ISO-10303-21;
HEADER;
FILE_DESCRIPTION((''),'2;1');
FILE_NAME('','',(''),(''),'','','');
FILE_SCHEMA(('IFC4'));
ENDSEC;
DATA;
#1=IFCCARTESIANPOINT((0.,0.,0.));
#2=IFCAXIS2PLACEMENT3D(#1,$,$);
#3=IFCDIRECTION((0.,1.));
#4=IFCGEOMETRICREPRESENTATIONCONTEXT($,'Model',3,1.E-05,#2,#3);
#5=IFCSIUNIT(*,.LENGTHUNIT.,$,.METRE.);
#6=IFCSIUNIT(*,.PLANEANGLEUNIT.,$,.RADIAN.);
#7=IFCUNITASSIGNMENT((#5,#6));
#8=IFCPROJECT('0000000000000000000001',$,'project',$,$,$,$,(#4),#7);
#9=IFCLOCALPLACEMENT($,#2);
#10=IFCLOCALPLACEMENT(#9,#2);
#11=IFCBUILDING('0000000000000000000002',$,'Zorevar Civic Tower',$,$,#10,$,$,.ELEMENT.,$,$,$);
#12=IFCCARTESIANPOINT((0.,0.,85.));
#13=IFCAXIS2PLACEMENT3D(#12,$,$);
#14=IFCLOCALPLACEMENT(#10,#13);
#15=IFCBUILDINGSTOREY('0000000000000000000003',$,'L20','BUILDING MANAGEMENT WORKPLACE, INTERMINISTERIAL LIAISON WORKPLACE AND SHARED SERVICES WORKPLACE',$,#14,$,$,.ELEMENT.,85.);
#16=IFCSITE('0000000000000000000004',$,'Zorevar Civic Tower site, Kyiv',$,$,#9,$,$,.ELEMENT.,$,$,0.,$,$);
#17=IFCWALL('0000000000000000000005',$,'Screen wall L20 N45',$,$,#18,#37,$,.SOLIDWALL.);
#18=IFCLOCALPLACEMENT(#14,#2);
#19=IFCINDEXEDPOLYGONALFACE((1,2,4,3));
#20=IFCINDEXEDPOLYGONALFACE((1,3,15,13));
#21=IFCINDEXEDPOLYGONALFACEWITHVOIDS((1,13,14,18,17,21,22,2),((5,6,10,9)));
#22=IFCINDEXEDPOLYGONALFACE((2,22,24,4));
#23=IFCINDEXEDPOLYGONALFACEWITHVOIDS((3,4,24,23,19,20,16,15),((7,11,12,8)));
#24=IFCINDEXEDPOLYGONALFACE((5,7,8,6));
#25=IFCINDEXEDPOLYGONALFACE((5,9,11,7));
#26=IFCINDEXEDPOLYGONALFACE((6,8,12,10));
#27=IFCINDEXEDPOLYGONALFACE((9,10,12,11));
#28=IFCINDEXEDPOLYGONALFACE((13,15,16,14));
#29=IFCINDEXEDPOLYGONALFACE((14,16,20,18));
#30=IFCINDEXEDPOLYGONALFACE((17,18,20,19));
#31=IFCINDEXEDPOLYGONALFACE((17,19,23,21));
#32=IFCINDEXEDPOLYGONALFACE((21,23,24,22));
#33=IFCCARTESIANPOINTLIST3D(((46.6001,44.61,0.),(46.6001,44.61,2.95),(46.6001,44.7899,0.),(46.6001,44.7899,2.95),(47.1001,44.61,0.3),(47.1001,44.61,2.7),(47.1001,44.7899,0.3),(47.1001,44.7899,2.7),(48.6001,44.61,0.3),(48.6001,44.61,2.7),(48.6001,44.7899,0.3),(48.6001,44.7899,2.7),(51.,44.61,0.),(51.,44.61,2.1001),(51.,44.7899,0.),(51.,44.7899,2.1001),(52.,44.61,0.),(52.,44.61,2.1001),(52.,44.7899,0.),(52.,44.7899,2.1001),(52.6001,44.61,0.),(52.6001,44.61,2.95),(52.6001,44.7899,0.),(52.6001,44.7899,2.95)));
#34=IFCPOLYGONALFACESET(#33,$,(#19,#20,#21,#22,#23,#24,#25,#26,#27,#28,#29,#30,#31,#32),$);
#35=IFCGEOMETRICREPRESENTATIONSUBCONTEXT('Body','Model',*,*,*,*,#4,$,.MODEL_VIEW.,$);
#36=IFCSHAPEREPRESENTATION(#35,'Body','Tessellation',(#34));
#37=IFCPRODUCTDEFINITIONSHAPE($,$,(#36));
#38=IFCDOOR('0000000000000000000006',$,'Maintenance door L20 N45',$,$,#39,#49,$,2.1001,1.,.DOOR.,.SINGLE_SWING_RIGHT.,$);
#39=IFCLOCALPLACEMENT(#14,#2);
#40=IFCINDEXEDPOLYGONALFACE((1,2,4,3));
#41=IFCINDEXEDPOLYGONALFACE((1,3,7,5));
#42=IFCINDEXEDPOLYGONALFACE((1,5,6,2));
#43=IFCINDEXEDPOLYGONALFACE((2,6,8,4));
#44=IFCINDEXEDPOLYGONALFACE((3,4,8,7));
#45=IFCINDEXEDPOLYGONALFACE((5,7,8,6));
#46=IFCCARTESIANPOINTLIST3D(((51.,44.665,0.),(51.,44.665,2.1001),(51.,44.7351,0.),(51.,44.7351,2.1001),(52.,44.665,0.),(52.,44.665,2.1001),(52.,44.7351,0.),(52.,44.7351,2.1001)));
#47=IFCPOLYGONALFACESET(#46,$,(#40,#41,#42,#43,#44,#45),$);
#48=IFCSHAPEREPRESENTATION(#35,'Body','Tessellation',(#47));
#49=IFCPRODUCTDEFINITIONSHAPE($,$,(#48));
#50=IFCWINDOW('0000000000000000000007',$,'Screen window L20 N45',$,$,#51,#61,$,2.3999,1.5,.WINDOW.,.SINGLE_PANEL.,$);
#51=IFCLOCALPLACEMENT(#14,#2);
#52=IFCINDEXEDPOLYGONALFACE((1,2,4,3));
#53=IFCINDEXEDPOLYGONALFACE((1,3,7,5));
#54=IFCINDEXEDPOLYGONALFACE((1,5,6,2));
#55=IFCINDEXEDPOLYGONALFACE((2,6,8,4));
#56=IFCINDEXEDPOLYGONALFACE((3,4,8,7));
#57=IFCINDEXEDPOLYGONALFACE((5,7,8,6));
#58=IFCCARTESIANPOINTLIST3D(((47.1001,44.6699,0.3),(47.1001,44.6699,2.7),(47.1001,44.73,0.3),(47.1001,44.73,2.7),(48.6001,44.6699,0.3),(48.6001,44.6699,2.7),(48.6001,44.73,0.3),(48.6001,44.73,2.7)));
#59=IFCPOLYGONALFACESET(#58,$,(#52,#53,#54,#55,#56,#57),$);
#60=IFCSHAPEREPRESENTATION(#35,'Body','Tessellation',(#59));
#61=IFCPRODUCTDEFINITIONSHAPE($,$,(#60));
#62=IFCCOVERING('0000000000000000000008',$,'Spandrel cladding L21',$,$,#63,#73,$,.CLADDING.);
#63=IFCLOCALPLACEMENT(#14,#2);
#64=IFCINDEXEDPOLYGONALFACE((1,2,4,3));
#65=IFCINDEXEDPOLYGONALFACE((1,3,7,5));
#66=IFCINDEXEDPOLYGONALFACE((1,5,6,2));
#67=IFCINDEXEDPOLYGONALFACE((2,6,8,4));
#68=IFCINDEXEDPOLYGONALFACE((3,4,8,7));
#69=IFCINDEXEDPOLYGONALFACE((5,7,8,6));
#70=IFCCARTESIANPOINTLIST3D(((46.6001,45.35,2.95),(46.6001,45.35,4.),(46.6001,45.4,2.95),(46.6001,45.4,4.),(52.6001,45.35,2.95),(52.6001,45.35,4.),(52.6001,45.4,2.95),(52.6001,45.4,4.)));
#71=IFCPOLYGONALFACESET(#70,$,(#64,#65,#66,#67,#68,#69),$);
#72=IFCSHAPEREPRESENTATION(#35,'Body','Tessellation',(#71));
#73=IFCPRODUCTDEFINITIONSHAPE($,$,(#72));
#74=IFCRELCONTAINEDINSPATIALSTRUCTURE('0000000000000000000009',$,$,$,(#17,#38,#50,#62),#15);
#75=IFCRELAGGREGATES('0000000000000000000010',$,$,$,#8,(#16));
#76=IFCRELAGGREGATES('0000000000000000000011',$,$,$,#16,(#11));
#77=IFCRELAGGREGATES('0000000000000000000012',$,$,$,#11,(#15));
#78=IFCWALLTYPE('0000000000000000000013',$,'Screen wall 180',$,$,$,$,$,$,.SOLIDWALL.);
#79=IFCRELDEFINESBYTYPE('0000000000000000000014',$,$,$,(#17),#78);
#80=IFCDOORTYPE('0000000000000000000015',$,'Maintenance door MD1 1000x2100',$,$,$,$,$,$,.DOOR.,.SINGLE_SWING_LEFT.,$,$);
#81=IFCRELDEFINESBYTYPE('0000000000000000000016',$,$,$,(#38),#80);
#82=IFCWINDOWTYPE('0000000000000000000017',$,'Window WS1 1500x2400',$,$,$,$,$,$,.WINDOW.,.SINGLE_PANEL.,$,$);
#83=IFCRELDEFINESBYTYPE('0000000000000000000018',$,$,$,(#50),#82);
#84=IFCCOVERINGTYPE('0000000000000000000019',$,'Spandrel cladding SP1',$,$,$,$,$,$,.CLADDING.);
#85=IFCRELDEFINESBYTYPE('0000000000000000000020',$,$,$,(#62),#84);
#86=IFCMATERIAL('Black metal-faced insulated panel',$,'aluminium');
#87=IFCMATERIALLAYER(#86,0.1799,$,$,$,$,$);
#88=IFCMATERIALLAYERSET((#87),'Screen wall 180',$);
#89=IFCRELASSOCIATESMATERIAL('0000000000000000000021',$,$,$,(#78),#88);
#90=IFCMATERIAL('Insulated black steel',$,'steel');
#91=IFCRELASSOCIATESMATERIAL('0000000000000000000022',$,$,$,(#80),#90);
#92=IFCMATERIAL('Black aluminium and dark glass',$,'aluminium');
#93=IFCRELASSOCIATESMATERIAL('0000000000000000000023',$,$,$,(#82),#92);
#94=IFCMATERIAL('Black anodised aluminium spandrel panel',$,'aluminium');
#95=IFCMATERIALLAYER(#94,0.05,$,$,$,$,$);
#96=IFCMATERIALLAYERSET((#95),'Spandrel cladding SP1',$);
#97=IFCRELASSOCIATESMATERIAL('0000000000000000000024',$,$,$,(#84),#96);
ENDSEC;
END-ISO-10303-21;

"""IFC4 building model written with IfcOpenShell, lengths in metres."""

from ifc_helpers import new_model, si_unit, direction, frame, frame_2d, origin, place, context, subcontext, project, spatial, rectangle, extrude, material, layer, layer_set, type_object, element, fill, save


model = new_model("IFC4")

# Units and contexts
model_context = context("Model", 3, precision=1e-05, world=origin(), true_north=direction((0.0, 1.0)))
body_context = subcontext(model_context, "Body", "Model", "MODEL_VIEW")
ifc_project = project(units=[si_unit("LENGTHUNIT", "METRE"), si_unit("PLANEANGLEUNIT", "RADIAN")], contexts=[model_context])

# Site, building, storey
site_placement = place(None, origin())
site = spatial("IfcSite", under=ifc_project, at=site_placement, Name="Zorevar Civic Tower site, Kyiv", CompositionType="ELEMENT", RefElevation=0.0)
building_placement = place(site_placement, origin())
building = spatial("IfcBuilding", under=site, at=building_placement, Name="Zorevar Civic Tower", CompositionType="ELEMENT")
storey_placement = place(building_placement, frame((0.0, 0.0, 85.0)))
storey = spatial("IfcBuildingStorey", under=building, at=storey_placement, Name="L20", Description="BUILDING MANAGEMENT WORKPLACE, INTERMINISTERIAL LIAISON WORKPLACE AND SHARED SERVICES WORKPLACE", CompositionType="ELEMENT", Elevation=85.0)

# Wall, openings, door, window
ifc_material_1 = material(Name="Black metal-faced insulated panel", Category="aluminium")
ifc_layer_1 = layer(ifc_material_1, 0.1799)
ifc_layer_set_1 = layer_set([ifc_layer_1], Name="Screen wall 180")
wall_type_1 = type_object("IfcWallType", Name="Screen wall 180", PredefinedType="SOLIDWALL", material=ifc_layer_set_1)
wall_1_placement = place(storey_placement, frame((46.6001, 44.7, 0.0), z_axis=(0.0, 0.0, 1.0), x_axis=(1.0, 0.0, 0.0)))
wall_1 = element("IfcWall", 1, at=wall_1_placement, inside=storey, type_object=wall_type_1, Name="Screen wall L20 N45", PredefinedType="SOLIDWALL", context=body_context, shape_type="SweptSolid", body=[
    extrude(rectangle(XDim=6.0, YDim=0.1799, at=frame_2d((3.0, 0.0))), origin(), (0.0, 0.0, 1.0), 2.95),
])
opening_1_placement = place(wall_1_placement, frame((4.3999, 0.0, 0.0)))
opening_1 = element("IfcOpeningElement", 2, at=opening_1_placement, cuts=wall_1, PredefinedType="OPENING", context=body_context, shape_type="SweptSolid", body=[
    extrude(rectangle(XDim=1.0, YDim=2.1001, at=frame_2d((0.5, 1.05))), frame((0.0, 0.0999, 0.0), z_axis=(0.0, -1.0, 0.0), x_axis=(1.0, 0.0, 0.0)), (0.0, 0.0, 1.0), 0.2),
])
opening_2_placement = place(wall_1_placement, frame((0.5, 0.0, 0.3)))
opening_2 = element("IfcOpeningElement", 3, at=opening_2_placement, cuts=wall_1, PredefinedType="OPENING", context=body_context, shape_type="SweptSolid", body=[
    extrude(rectangle(XDim=1.5, YDim=2.3999, at=frame_2d((0.75, 1.2))), frame((0.0, 0.0999, 0.0), z_axis=(0.0, -1.0, 0.0), x_axis=(1.0, 0.0, 0.0)), (0.0, 0.0, 1.0), 0.2),
])
ifc_material_2 = material(Name="Insulated black steel", Category="steel")
door_type_1 = type_object("IfcDoorType", Name="Maintenance door MD1 1000x2100", OperationType="SINGLE_SWING_LEFT", PredefinedType="DOOR", material=ifc_material_2)
door_1_placement = place(opening_1_placement, origin())
door_1 = element("IfcDoor", 4, at=door_1_placement, inside=storey, type_object=door_type_1, Name="Maintenance door L20 N45", OperationType="SINGLE_SWING_RIGHT", OverallHeight=2.1001, OverallWidth=1.0, PredefinedType="DOOR", context=body_context, shape_type="SweptSolid", body=[
    extrude(rectangle(XDim=1.0, YDim=2.1001, at=frame_2d((0.5, 1.05))), frame((0.0, 0.0352, 0.0), z_axis=(0.0, -1.0, 0.0), x_axis=(1.0, 0.0, 0.0)), (0.0, 0.0, 1.0), 0.0701),
])
fill(opening_1, door_1)
ifc_material_3 = material(Name="Black aluminium and dark glass", Category="aluminium")
window_type = type_object("IfcWindowType", Name="Window WS1 1500x2400", PartitioningType="SINGLE_PANEL", PredefinedType="WINDOW", material=ifc_material_3)
window_placement = place(opening_2_placement, origin())
window = element("IfcWindow", 5, at=window_placement, inside=storey, type_object=window_type, Name="Screen window L20 N45", OverallHeight=2.3999, OverallWidth=1.5, PartitioningType="SINGLE_PANEL", PredefinedType="WINDOW", context=body_context, shape_type="SweptSolid", body=[
    extrude(rectangle(XDim=1.5, YDim=2.3999, at=frame_2d((0.75, 1.2))), frame((0.0, 0.03, 0.0), z_axis=(0.0, -1.0, 0.0), x_axis=(1.0, 0.0, 0.0)), (0.0, 0.0, 1.0), 0.0601),
])
fill(opening_2, window)

# Covering
ifc_material_4 = material(Name="Black anodised aluminium spandrel panel", Category="aluminium")
ifc_layer_2 = layer(ifc_material_4, 0.05)
ifc_layer_set_2 = layer_set([ifc_layer_2], Name="Spandrel cladding SP1")
covering_type = type_object("IfcCoveringType", Name="Spandrel cladding SP1", PredefinedType="CLADDING", material=ifc_layer_set_2)
covering_placement = place(storey_placement, frame((46.6001, 45.375, 2.95), z_axis=(0.0, 0.0, 1.0), x_axis=(1.0, 0.0, 0.0)))
element("IfcCovering", 6, at=covering_placement, inside=storey, type_object=covering_type, Name="Spandrel cladding L21", PredefinedType="CLADDING", context=body_context, shape_type="SweptSolid", body=[
    extrude(rectangle(XDim=6.0, YDim=0.05, at=frame_2d((3.0, 0.0))), origin(), (0.0, 0.0, 1.0), 1.05),
])

save(model, "model.ifc")
